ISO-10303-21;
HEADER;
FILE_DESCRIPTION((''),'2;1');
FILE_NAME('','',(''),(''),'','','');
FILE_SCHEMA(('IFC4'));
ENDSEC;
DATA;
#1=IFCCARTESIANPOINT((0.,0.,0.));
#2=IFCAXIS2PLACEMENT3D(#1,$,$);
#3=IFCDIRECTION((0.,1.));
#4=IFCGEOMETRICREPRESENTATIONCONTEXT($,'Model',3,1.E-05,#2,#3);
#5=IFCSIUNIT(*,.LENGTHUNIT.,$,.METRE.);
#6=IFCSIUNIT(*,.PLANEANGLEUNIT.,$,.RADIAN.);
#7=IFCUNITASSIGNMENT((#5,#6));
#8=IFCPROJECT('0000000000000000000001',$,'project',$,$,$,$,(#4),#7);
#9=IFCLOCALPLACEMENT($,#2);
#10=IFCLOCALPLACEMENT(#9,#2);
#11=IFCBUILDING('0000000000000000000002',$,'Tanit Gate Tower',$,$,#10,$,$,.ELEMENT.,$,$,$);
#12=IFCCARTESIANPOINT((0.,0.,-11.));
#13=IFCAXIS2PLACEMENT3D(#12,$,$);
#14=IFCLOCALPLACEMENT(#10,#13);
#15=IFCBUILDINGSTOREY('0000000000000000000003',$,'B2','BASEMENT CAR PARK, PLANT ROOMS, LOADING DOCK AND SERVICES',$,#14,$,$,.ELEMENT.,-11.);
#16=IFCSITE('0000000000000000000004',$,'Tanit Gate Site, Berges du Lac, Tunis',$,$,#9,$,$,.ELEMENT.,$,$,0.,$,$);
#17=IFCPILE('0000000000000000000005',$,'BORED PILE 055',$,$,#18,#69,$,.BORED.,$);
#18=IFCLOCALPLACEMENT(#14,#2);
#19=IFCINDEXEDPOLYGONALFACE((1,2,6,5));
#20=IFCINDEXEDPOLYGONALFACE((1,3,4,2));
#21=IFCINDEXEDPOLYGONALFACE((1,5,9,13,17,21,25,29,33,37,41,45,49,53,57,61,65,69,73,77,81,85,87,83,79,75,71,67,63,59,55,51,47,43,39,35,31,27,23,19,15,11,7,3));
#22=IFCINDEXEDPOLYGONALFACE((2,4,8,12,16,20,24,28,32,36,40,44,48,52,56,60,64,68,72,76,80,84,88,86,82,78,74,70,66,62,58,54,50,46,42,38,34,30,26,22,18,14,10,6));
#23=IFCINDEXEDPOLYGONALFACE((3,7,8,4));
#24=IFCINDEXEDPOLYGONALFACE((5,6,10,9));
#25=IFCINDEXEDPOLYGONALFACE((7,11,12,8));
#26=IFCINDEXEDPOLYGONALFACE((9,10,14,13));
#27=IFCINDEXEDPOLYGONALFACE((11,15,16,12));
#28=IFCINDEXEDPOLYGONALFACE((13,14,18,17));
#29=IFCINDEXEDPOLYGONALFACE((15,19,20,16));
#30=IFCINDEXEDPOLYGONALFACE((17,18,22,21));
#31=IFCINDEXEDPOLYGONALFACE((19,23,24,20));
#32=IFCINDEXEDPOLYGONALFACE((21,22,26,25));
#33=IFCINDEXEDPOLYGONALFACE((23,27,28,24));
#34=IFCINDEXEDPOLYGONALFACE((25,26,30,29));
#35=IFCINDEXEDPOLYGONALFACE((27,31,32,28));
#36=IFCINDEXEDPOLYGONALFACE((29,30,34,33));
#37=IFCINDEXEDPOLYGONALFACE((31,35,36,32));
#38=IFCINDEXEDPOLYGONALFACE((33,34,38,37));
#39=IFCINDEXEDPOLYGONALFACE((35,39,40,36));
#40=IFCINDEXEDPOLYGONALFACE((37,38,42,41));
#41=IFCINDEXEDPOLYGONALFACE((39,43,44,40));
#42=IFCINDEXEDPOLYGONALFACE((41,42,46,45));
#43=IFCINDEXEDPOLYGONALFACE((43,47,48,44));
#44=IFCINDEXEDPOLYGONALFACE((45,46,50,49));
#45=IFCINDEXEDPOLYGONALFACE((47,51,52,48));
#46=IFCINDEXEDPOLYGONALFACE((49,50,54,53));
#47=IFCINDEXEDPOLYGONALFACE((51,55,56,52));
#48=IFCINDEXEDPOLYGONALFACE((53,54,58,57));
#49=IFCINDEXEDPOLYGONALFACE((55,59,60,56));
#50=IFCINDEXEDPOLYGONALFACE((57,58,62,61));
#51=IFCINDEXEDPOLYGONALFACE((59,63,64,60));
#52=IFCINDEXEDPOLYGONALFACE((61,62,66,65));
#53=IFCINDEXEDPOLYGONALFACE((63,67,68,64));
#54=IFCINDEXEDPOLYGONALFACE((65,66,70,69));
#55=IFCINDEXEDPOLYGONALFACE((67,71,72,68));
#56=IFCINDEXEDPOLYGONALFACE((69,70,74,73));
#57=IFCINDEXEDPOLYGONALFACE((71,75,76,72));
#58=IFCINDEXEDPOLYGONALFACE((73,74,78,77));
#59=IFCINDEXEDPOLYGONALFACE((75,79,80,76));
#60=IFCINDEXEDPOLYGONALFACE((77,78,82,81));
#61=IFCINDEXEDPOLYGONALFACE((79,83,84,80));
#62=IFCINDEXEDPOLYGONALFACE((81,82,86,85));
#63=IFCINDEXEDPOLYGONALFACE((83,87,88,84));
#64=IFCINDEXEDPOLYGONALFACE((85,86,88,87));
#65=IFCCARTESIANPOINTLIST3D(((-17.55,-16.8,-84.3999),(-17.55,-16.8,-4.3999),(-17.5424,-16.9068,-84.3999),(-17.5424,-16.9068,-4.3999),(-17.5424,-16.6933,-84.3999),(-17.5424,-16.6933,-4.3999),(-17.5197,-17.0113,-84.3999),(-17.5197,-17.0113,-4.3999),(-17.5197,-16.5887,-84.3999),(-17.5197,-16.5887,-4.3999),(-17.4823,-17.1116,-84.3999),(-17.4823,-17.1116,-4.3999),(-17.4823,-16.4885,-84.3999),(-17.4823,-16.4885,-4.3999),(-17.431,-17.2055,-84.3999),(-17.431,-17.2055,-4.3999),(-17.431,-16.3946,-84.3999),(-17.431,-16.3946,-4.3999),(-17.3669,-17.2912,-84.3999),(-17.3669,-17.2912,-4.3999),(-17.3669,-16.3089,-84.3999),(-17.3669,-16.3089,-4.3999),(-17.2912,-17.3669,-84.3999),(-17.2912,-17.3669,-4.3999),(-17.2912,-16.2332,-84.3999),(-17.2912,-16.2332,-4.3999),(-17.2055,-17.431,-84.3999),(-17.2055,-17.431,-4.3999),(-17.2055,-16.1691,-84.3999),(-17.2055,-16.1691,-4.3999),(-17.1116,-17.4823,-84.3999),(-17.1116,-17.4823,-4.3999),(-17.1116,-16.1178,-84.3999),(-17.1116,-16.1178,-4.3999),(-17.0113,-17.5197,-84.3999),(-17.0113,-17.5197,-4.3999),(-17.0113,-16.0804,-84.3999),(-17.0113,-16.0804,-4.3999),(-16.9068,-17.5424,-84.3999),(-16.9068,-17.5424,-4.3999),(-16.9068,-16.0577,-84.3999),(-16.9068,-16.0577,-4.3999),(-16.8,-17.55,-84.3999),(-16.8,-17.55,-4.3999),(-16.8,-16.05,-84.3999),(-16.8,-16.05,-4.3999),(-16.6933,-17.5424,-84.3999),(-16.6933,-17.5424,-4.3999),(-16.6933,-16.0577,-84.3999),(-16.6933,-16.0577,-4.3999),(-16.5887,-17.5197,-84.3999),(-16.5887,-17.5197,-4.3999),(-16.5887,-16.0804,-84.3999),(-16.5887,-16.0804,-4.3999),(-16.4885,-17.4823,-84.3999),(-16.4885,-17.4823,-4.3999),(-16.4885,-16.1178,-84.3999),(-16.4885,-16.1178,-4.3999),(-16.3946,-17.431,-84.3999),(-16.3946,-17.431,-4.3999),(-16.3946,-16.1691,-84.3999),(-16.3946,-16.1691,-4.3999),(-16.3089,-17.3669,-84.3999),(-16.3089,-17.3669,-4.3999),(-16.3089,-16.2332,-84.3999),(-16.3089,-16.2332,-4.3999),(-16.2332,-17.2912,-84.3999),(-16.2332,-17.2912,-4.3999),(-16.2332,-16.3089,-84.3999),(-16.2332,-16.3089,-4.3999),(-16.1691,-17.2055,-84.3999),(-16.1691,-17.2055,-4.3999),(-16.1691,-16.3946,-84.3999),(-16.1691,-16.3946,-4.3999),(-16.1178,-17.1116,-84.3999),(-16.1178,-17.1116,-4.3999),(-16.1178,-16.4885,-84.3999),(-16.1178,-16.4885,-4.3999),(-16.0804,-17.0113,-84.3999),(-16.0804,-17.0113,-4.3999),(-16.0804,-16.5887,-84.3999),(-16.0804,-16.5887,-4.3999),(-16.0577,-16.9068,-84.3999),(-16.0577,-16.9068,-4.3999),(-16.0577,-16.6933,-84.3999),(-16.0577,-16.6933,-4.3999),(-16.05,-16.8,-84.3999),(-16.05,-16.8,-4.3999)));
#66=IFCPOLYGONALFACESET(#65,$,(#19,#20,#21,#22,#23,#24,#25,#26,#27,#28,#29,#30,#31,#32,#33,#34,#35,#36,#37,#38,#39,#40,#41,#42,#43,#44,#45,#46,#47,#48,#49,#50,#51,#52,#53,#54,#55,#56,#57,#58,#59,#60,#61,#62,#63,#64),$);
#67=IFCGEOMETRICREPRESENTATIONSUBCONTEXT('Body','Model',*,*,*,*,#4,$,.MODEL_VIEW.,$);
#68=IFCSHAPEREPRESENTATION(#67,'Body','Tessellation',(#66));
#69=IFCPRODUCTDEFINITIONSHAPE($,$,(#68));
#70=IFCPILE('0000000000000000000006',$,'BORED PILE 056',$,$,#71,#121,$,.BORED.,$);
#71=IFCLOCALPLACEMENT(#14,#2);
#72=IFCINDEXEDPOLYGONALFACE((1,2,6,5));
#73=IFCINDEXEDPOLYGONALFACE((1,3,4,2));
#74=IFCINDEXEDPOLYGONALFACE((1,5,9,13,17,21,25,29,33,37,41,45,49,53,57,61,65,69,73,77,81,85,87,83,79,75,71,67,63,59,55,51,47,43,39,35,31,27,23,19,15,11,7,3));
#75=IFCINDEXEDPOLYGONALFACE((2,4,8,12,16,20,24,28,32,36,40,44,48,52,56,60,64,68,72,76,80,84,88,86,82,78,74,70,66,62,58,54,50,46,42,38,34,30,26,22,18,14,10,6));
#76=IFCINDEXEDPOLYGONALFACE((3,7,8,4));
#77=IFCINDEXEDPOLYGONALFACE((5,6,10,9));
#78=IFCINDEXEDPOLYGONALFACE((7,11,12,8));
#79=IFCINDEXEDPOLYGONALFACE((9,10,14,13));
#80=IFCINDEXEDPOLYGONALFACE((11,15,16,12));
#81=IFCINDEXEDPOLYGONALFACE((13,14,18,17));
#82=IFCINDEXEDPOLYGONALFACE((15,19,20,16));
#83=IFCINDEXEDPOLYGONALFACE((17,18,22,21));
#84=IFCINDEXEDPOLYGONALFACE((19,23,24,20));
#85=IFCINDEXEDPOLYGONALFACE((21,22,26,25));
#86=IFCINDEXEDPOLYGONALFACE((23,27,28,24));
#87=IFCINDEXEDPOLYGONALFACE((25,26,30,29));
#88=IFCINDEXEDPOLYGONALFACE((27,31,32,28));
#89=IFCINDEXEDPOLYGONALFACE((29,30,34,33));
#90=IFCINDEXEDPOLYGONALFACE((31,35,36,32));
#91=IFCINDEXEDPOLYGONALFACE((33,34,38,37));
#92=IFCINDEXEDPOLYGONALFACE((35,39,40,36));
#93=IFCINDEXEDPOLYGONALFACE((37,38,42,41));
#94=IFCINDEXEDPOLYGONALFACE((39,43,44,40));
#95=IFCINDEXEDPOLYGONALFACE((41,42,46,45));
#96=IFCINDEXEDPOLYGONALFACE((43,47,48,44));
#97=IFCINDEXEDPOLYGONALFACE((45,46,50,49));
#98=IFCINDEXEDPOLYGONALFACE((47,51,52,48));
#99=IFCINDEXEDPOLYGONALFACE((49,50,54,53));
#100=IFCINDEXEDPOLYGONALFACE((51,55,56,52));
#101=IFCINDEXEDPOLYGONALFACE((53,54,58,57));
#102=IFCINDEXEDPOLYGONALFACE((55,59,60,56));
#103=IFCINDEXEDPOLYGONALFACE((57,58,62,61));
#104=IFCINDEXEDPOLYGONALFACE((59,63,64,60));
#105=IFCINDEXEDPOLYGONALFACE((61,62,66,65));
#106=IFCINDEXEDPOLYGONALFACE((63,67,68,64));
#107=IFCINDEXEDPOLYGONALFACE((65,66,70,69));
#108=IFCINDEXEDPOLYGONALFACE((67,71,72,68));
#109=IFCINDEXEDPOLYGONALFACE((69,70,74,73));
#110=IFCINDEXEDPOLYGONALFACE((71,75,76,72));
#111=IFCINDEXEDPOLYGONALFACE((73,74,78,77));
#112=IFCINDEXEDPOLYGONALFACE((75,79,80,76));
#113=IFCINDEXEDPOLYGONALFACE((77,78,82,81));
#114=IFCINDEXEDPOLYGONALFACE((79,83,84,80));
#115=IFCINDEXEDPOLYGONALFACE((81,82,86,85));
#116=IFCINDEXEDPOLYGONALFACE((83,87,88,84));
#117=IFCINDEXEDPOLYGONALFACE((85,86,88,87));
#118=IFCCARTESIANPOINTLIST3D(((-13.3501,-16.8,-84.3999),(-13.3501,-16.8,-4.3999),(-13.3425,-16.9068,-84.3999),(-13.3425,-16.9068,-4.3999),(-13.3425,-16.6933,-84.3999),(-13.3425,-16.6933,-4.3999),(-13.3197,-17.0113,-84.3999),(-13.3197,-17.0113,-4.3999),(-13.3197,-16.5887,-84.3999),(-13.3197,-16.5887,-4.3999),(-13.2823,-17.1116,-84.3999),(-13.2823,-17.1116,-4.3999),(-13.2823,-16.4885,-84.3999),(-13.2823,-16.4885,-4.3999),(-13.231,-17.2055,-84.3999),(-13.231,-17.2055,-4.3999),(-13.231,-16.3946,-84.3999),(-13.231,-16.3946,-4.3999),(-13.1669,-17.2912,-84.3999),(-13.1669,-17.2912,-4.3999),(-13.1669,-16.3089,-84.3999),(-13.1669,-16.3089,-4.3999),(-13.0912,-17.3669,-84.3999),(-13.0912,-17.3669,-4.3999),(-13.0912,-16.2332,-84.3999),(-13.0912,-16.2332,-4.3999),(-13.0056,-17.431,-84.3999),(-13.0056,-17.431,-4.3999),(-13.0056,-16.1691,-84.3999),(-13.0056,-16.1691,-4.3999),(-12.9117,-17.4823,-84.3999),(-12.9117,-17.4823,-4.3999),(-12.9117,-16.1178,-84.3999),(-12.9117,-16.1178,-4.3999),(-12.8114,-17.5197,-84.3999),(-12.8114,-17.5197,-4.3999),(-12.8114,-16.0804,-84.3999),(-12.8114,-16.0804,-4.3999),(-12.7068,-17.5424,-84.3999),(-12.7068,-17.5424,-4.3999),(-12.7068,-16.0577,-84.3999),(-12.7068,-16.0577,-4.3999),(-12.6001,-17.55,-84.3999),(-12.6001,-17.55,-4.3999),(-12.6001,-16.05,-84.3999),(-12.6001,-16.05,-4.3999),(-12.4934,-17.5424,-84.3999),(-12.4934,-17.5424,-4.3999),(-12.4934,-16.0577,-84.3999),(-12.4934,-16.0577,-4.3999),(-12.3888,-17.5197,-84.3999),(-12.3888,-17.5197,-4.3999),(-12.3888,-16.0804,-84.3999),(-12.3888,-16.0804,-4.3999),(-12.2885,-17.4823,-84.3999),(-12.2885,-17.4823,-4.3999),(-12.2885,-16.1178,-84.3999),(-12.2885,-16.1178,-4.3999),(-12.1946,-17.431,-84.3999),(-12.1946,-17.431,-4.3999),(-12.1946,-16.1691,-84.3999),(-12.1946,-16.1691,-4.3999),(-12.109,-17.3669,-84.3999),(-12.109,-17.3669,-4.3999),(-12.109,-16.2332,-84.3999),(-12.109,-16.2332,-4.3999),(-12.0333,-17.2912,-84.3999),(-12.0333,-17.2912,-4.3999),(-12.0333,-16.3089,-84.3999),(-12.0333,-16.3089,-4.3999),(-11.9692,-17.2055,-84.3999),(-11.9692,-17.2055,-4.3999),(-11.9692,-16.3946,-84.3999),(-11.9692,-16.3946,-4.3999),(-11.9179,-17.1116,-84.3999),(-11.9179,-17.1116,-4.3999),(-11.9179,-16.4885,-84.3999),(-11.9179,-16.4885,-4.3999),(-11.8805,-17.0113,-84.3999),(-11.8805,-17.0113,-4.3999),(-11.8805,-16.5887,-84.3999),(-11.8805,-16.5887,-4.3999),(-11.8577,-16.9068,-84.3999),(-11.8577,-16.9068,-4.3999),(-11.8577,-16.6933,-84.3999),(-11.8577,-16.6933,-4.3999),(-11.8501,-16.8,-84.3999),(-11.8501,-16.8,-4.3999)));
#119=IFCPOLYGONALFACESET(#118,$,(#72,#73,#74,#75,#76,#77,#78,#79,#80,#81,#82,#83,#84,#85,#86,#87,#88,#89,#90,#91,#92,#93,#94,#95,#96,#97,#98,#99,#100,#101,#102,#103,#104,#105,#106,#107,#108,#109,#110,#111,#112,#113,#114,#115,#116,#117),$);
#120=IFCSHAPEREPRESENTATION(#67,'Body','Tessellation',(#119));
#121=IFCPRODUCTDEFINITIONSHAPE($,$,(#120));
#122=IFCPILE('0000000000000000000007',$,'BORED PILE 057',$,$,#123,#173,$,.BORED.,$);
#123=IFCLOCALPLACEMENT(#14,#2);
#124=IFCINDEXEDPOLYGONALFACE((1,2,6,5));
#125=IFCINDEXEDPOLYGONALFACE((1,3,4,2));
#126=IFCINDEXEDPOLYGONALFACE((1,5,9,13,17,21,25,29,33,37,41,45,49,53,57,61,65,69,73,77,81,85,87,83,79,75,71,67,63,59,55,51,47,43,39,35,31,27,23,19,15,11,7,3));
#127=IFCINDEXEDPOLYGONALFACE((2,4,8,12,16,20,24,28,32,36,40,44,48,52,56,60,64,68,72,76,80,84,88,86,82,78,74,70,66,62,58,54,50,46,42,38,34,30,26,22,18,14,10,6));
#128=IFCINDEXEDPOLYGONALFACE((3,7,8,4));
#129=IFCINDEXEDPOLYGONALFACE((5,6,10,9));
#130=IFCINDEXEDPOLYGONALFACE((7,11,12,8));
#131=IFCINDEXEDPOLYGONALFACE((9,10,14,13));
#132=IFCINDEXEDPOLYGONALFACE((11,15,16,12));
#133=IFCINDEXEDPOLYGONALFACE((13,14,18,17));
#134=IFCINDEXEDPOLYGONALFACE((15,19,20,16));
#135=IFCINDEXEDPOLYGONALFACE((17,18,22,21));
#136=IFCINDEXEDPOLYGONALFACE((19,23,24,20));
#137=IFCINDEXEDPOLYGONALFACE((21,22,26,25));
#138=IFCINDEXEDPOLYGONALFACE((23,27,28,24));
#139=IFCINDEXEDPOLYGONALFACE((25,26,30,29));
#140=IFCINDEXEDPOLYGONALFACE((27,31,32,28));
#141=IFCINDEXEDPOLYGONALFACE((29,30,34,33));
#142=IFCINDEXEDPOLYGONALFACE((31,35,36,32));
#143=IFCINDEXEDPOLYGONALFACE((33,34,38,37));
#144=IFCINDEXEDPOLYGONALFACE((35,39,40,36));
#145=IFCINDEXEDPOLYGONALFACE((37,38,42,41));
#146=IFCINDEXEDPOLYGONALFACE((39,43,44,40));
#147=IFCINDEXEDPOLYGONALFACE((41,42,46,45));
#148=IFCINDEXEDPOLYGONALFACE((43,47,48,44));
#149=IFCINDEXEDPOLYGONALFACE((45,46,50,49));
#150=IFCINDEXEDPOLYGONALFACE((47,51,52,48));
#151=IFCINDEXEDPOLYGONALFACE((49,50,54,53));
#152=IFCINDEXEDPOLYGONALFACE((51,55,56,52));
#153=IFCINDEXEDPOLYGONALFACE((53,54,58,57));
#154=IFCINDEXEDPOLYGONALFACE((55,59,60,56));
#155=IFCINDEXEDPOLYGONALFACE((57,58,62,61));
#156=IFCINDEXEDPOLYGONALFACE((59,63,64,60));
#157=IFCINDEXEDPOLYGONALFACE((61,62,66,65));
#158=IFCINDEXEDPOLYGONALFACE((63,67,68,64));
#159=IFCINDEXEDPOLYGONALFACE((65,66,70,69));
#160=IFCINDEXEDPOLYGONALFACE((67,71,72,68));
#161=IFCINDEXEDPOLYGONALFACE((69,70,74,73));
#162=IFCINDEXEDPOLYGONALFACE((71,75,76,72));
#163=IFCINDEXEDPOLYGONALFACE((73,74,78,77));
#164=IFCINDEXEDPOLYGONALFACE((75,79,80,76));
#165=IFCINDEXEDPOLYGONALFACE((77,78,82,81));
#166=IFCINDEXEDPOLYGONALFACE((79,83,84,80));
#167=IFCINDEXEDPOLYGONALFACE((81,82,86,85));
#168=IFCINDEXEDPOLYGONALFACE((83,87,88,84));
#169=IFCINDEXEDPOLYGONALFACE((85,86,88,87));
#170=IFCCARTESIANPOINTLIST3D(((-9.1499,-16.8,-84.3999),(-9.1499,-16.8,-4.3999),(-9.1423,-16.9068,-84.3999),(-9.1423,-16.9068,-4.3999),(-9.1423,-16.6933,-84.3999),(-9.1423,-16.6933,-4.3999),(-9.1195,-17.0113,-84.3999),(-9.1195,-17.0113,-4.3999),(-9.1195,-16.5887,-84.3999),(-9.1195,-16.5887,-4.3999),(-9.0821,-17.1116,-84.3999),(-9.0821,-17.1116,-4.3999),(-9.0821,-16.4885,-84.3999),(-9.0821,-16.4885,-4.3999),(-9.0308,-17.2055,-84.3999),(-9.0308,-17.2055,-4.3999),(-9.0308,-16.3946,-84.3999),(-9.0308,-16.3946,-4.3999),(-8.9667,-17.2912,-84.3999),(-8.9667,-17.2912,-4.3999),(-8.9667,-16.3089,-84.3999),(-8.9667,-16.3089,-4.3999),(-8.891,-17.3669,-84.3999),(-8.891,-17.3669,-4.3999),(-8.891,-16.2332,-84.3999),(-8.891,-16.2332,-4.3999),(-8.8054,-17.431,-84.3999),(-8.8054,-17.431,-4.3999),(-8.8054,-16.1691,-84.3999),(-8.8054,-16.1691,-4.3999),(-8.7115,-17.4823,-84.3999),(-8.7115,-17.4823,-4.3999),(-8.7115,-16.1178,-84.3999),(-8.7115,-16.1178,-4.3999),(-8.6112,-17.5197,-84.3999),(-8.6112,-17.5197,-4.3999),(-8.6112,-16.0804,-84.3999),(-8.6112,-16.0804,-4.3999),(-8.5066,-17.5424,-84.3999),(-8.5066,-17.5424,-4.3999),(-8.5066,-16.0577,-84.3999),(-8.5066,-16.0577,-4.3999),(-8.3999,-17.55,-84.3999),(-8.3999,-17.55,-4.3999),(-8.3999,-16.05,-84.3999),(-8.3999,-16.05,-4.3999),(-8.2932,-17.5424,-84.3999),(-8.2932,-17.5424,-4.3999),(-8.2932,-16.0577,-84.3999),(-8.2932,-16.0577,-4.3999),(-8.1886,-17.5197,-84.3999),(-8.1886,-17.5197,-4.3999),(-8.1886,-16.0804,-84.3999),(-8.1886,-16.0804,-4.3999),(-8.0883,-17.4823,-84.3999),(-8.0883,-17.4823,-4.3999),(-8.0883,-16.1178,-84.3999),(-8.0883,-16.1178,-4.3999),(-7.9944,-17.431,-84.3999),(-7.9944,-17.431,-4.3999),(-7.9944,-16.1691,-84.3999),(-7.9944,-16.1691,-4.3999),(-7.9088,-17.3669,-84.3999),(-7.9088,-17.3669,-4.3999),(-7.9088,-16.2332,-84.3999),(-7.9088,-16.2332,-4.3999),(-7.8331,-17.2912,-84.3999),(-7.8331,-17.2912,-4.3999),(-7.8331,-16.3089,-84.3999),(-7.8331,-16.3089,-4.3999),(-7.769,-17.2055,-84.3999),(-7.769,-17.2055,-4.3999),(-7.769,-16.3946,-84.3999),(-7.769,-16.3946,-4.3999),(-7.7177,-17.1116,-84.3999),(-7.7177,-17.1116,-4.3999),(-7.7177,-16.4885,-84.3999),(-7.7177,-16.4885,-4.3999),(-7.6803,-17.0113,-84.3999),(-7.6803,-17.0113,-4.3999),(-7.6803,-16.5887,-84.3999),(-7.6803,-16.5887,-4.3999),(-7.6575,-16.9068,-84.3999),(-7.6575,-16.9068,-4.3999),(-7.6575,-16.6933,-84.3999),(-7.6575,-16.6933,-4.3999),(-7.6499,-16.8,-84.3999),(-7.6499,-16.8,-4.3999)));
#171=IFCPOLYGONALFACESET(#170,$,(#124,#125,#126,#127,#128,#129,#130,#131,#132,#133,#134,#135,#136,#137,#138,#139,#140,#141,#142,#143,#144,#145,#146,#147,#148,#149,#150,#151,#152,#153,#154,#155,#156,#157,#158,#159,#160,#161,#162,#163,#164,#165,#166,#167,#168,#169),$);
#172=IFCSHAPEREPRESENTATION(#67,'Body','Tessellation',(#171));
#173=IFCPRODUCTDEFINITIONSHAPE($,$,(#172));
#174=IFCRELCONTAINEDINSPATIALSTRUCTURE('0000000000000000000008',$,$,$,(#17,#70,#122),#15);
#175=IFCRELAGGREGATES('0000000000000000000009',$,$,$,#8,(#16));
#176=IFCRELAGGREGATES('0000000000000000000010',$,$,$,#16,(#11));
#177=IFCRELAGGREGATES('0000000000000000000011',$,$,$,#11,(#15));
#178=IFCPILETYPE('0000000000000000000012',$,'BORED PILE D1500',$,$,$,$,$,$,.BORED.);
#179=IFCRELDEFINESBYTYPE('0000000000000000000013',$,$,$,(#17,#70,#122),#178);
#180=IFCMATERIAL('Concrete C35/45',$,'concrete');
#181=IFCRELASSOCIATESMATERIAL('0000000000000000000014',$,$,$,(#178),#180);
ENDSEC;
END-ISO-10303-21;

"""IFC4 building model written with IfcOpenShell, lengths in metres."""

from ifc_helpers import new_model, si_unit, direction, frame, origin, origin_2d, place, context, subcontext, project, spatial, circle, extrude, material, material_profile, profile_set, type_object, element, save


model = new_model("IFC4")

# Units and contexts
model_context = context("Model", 3, precision=1e-05, world=origin(), true_north=direction((0.0, 1.0)))
body_context = subcontext(model_context, "Body", "Model", "MODEL_VIEW")
ifc_project = project(units=[si_unit("LENGTHUNIT", "METRE"), si_unit("PLANEANGLEUNIT", "RADIAN")], contexts=[model_context])

# Site, building, storey
site_placement = place(None, origin())
site = spatial("IfcSite", under=ifc_project, at=site_placement, Name="Tanit Gate Site, Berges du Lac, Tunis", CompositionType="ELEMENT", RefElevation=0.0)
building_placement = place(site_placement, origin())
building = spatial("IfcBuilding", under=site, at=building_placement, Name="Tanit Gate Tower", CompositionType="ELEMENT")
storey_placement = place(building_placement, frame((0.0, 0.0, -11.0)))
storey = spatial("IfcBuildingStorey", under=building, at=storey_placement, Name="B2", Description="BASEMENT CAR PARK, PLANT ROOMS, LOADING DOCK AND SERVICES", CompositionType="ELEMENT", Elevation=-11.0)

# Piles
ifc_material_1 = material(Name="Concrete C35/45", Category="concrete")
ifc_material_profile_1 = material_profile(ifc_material_1, circle(Radius=0.75, at=origin_2d()), Name="BORED PILE D1500 C35/45")
ifc_profile_set_1 = profile_set([ifc_material_profile_1], Name="Concrete C35/45")
pile_type = type_object("IfcPileType", Name="BORED PILE D1500", PredefinedType="BORED", material=ifc_profile_set_1)
for number, where, z_axis, x_axis, name in (
    (1, (-16.8, -16.8, -4.3999), (0.0, 0.0, -1.0), (1.0, 0.0, 0.0), "BORED PILE 055"),
    (2, (-12.6001, -16.8, -4.3999), (0.0, 0.0, -1.0), (1.0, 0.0, 0.0), "BORED PILE 056"),
    (3, (-8.3999, -16.8, -4.3999), (0.0, 0.0, -1.0), (1.0, 0.0, 0.0), "BORED PILE 057"),
):
    element("IfcPile", number, at=place(storey_placement, frame(where, z_axis=z_axis, x_axis=x_axis)), inside=storey, type_object=pile_type, Name=name, PredefinedType="BORED", context=body_context, shape_type="SweptSolid", body=[
        extrude(circle(Radius=0.75, at=origin_2d()), origin(), (0.0, 0.0, 1.0), 80.0),
    ])

save(model, "model.ifc")
